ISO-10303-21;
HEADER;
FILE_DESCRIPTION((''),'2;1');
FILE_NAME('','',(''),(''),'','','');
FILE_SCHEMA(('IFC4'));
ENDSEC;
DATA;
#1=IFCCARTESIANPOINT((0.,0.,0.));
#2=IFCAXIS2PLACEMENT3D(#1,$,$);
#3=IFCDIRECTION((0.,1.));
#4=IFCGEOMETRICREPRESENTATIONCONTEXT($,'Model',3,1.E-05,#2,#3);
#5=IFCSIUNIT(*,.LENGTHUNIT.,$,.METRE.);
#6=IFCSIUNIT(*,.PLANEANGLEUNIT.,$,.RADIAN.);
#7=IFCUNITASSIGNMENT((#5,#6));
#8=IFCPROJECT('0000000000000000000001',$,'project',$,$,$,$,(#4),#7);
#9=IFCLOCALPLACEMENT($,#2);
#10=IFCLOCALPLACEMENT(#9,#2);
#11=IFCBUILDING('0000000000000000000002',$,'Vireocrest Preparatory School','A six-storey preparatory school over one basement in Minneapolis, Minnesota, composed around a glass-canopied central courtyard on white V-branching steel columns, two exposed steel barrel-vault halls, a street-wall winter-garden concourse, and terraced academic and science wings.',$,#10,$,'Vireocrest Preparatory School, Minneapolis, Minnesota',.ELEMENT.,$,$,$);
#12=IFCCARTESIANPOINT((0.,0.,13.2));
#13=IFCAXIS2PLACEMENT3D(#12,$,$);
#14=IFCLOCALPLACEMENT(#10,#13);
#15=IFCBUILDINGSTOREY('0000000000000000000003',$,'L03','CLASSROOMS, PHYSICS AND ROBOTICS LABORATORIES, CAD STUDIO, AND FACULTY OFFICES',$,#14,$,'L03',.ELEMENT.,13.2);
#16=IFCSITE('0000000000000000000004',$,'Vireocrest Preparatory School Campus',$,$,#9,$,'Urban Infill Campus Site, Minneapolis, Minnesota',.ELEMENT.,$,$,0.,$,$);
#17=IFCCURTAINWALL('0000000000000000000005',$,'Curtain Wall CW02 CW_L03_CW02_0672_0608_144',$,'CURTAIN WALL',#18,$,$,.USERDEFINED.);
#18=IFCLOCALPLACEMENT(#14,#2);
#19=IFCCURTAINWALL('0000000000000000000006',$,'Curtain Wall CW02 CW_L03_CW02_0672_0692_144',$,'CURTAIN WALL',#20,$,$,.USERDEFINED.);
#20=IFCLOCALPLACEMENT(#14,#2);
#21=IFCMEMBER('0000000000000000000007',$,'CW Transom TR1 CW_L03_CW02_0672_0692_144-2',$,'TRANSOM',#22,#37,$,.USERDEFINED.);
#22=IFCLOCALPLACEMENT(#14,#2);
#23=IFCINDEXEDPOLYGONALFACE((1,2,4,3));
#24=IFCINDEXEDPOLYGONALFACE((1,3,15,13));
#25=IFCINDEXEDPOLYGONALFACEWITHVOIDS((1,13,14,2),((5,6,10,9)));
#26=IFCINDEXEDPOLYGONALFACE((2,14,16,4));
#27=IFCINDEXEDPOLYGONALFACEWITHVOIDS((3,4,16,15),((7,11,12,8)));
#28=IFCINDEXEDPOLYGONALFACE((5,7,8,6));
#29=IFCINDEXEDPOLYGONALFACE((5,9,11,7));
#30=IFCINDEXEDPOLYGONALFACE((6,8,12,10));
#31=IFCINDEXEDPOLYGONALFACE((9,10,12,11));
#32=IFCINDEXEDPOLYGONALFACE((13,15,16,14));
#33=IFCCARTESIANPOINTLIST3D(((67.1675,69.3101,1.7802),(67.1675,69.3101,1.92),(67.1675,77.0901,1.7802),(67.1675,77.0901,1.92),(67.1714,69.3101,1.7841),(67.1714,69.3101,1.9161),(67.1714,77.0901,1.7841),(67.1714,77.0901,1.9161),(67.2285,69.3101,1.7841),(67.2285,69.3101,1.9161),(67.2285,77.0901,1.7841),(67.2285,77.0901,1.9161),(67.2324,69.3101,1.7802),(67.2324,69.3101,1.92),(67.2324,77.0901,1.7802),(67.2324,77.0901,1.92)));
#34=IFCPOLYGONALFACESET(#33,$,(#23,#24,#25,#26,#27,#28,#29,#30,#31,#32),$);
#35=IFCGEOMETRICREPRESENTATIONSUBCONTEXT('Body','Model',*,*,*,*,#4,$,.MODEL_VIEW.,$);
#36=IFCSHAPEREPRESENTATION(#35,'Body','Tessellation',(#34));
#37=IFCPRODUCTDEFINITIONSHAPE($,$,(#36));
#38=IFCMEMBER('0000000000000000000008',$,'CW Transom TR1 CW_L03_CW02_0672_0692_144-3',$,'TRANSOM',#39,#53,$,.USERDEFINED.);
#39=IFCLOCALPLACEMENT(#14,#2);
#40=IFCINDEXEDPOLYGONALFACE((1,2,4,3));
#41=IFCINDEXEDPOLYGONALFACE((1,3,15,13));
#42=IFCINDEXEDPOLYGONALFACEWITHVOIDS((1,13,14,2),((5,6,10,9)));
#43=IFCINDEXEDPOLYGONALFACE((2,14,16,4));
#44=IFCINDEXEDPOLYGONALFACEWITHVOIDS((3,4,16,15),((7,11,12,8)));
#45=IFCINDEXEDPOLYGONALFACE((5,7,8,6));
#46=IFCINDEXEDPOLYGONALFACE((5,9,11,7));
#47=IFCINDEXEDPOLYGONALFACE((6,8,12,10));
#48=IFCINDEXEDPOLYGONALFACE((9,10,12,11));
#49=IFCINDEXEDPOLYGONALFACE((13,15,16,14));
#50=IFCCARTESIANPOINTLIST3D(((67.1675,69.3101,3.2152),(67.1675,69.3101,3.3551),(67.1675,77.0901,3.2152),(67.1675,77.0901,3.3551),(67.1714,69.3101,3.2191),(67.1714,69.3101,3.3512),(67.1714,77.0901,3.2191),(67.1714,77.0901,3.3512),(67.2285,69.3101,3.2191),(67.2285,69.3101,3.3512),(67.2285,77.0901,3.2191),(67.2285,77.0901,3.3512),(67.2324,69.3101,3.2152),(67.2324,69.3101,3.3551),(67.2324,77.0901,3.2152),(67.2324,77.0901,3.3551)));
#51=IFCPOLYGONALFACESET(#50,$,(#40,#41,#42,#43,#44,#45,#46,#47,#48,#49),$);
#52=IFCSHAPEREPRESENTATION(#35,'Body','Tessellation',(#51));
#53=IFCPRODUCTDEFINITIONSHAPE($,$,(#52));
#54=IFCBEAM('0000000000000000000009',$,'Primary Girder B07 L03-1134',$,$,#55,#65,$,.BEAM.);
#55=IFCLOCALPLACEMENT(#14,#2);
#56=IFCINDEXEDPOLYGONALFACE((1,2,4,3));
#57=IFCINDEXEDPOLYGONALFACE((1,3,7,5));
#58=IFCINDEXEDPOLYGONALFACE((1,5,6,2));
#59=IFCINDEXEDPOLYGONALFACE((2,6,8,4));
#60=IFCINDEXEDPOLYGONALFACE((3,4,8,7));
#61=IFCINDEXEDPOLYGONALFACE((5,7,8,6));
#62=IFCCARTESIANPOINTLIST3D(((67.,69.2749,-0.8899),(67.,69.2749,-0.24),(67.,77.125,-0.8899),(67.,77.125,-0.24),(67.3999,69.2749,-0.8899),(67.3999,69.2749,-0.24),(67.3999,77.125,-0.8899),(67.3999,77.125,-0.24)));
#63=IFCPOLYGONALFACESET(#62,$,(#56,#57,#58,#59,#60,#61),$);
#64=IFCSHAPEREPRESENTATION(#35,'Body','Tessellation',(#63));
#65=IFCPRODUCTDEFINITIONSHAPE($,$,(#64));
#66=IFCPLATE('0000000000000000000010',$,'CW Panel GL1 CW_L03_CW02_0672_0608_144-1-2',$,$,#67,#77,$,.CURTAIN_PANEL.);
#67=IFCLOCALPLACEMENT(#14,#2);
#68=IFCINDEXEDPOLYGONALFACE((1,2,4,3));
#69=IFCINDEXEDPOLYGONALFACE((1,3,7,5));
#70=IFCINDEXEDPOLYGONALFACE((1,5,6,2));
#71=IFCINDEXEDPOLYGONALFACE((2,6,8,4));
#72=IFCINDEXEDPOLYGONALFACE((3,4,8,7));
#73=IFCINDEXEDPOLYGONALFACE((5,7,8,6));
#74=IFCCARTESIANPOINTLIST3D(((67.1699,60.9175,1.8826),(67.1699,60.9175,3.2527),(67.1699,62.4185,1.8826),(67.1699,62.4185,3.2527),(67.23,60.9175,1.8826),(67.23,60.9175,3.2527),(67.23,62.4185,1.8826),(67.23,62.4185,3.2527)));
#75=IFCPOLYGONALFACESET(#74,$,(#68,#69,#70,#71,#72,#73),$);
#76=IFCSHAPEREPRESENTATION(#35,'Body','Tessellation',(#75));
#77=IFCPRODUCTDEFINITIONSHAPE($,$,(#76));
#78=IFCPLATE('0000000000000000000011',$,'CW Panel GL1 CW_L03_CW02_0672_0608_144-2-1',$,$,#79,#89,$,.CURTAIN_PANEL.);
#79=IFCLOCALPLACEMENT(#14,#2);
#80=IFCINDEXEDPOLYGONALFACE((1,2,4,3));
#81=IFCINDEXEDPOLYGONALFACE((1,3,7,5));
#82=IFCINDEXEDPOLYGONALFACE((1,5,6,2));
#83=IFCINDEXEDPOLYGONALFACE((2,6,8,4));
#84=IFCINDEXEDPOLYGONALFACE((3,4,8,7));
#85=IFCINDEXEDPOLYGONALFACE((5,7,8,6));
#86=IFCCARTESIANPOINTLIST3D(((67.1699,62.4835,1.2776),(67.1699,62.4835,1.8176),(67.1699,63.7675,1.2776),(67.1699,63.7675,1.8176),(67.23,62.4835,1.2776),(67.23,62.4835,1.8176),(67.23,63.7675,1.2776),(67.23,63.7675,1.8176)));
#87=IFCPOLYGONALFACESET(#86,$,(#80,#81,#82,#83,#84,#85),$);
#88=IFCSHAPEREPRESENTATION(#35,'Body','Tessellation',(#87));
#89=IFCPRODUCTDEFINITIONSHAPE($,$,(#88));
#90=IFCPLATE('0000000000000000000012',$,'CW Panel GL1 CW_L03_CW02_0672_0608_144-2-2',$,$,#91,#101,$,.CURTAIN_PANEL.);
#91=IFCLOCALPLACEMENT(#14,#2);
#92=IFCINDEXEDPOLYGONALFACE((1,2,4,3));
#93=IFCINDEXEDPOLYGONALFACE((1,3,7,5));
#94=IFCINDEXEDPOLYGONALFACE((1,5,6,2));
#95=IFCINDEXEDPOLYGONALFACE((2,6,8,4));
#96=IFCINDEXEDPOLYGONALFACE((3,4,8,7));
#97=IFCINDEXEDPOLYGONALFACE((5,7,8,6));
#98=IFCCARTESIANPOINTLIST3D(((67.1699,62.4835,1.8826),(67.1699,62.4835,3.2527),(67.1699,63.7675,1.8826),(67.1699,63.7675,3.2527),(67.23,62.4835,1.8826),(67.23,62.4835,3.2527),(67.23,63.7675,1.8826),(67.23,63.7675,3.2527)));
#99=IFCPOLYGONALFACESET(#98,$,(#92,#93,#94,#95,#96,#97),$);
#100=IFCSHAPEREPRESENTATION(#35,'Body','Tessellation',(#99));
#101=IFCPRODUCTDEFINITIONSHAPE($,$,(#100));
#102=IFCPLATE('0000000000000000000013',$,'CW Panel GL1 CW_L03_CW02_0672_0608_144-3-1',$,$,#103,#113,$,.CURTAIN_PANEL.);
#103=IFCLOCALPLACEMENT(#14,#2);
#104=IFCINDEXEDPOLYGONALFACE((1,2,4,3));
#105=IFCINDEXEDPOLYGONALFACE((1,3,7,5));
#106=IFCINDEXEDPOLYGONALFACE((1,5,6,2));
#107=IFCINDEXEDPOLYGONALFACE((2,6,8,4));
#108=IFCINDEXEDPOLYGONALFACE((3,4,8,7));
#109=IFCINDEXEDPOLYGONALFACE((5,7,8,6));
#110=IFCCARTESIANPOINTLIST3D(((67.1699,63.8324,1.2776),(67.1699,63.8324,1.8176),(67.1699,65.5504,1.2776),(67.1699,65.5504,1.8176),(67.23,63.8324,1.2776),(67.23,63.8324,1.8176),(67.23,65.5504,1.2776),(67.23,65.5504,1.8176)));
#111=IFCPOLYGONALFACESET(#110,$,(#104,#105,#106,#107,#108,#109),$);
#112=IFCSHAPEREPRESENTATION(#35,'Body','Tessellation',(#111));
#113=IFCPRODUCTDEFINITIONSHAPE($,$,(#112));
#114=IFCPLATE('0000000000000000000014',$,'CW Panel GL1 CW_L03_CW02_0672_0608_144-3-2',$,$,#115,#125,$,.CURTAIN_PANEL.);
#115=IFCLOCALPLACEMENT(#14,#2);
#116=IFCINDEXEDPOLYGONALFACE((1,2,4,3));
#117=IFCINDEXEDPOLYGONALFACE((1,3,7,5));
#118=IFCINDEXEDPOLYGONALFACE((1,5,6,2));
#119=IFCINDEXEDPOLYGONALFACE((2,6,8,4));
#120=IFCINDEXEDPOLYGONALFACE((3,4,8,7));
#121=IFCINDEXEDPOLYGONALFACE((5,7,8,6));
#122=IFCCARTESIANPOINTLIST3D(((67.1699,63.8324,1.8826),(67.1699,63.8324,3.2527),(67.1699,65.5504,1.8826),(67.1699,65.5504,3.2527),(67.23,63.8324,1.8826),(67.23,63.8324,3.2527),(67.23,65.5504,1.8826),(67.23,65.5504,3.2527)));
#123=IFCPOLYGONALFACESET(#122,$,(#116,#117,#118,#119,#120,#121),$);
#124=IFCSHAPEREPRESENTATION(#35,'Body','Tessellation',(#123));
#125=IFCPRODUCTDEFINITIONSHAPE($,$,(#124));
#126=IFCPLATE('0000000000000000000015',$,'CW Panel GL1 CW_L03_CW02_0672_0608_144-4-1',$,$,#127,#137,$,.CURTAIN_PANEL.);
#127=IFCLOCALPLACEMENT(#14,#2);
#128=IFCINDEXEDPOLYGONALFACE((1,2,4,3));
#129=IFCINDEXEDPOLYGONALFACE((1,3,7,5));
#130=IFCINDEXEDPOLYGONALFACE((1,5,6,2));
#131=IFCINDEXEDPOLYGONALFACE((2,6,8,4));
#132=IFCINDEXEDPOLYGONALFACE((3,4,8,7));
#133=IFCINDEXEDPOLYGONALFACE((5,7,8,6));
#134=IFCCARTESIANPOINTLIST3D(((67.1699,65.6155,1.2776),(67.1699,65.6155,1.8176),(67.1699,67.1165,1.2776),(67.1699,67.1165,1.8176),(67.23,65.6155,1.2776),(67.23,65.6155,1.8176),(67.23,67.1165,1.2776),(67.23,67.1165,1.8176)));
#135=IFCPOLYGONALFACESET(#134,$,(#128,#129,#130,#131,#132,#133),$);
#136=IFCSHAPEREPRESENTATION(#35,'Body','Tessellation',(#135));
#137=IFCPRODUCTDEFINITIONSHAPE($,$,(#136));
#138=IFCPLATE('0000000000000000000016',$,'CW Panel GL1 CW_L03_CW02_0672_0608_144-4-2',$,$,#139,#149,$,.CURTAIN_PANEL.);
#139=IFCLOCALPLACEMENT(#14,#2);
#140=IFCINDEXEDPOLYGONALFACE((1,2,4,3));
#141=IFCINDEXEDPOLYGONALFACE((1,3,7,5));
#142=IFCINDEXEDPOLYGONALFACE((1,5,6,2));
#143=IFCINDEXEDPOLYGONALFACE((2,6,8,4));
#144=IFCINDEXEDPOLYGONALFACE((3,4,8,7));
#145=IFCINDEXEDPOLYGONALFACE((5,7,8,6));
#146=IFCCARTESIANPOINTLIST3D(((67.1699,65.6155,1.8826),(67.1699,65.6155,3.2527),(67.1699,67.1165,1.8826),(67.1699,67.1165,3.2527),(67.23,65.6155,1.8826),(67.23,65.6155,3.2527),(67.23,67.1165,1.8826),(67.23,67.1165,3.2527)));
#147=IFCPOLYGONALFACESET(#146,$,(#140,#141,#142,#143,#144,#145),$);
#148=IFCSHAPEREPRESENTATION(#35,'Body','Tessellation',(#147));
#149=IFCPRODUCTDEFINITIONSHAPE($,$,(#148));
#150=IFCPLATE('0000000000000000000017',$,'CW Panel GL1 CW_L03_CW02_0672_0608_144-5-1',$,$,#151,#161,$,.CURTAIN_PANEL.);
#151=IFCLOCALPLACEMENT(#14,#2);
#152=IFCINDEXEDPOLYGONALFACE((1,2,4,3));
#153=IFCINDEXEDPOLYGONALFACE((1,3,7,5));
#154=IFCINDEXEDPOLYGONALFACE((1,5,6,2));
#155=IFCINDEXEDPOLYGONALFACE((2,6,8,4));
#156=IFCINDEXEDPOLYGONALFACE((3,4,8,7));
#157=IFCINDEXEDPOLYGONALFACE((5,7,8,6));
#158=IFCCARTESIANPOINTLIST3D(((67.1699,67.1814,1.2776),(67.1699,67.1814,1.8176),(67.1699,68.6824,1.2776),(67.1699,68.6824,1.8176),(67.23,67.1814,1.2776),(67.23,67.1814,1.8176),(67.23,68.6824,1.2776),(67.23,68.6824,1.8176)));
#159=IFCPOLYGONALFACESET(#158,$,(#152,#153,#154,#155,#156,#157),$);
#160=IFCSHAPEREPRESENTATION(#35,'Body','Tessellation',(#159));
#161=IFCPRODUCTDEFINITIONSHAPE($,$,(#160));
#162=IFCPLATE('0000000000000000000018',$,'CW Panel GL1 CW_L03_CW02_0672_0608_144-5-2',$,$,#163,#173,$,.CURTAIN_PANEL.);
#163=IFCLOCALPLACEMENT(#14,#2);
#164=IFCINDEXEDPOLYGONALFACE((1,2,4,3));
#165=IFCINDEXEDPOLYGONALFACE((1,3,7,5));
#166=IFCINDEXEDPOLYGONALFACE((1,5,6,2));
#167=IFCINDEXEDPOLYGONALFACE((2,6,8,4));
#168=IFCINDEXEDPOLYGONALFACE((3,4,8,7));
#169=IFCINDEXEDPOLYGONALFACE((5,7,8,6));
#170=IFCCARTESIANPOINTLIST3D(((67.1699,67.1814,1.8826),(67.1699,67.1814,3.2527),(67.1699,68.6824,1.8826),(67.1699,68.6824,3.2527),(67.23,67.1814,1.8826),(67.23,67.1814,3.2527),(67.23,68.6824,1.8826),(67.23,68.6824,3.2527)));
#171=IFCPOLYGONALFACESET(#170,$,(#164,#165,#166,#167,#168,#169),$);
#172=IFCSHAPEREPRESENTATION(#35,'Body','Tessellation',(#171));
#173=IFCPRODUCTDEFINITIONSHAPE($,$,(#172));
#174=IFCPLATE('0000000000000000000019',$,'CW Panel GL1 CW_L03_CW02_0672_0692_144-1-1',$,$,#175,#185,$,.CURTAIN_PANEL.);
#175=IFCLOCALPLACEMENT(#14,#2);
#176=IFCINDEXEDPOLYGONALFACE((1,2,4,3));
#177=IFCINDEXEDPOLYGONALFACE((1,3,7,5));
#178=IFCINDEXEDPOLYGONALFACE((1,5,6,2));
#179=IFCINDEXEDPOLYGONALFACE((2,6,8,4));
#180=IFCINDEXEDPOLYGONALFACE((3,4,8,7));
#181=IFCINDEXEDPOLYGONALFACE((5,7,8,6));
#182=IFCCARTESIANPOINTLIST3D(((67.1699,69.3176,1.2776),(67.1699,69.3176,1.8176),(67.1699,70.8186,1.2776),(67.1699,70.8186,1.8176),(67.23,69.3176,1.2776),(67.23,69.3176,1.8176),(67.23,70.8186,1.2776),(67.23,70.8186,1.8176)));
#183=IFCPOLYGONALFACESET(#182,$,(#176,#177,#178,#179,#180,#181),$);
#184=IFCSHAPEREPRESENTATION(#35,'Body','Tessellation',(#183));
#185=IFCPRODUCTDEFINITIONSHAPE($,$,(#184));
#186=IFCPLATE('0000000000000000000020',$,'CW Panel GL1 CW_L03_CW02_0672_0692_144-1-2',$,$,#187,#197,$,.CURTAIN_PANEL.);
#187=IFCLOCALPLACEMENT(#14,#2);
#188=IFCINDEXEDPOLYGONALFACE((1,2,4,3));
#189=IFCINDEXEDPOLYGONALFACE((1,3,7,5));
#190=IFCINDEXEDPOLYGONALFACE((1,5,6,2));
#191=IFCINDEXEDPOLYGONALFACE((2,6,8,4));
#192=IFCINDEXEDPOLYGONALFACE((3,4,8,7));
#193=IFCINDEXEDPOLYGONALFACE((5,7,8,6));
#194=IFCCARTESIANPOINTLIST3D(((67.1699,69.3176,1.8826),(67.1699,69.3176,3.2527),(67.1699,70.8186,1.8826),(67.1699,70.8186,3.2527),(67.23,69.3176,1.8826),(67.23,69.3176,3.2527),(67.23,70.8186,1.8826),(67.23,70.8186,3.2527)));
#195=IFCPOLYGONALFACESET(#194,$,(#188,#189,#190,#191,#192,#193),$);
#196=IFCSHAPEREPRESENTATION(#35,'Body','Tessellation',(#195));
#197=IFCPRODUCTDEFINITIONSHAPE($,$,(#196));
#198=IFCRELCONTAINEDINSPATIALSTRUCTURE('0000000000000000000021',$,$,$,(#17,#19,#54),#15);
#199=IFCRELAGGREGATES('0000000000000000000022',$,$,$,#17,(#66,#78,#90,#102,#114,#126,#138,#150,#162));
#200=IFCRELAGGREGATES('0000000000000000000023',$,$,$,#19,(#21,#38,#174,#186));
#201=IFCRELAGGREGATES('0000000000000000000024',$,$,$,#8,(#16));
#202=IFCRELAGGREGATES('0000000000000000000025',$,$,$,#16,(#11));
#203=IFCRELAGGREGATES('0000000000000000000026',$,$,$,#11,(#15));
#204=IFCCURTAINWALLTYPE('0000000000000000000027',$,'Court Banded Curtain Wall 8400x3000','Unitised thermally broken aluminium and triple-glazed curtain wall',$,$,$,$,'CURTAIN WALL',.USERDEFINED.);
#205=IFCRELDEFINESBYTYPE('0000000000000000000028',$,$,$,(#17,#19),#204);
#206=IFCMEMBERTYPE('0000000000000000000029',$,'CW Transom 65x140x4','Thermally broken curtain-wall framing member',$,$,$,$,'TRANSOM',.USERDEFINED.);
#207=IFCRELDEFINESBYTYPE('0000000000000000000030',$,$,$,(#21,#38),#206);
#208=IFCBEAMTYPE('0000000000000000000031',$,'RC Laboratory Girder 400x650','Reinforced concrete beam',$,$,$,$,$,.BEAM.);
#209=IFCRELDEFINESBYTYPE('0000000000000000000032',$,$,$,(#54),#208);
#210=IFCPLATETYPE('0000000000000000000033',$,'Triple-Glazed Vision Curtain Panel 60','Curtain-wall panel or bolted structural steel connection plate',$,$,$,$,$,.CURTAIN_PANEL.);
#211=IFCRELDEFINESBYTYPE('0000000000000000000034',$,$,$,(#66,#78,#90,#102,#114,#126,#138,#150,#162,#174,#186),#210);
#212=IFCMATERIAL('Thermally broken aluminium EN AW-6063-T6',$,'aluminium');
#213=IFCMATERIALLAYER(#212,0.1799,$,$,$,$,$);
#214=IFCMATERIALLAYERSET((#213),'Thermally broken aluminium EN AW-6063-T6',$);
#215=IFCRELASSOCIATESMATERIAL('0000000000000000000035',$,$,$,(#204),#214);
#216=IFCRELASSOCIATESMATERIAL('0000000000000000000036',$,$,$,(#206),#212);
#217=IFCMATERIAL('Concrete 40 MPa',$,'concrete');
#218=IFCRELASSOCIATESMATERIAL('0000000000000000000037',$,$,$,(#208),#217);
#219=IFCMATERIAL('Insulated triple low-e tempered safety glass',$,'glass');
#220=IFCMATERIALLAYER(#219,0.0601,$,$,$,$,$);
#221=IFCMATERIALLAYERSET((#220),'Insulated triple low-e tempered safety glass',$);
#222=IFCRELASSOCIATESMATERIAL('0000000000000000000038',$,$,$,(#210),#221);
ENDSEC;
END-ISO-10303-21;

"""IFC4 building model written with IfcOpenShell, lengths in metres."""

from ifc_helpers import new_model, si_unit, direction, frame, origin, origin_2d, place, context, subcontext, project, spatial, rectangle, hollow_rectangle, extrude, material, layer, layer_set, material_profile, profile_set, type_object, element, aggregate, save


model = new_model("IFC4")

# Units and contexts
model_context = context("Model", 3, precision=1e-05, world=origin(), true_north=direction((0.0, 1.0)))
body_context = subcontext(model_context, "Body", "Model", "MODEL_VIEW")
ifc_project = project(units=[si_unit("LENGTHUNIT", "METRE"), si_unit("PLANEANGLEUNIT", "RADIAN")], contexts=[model_context])

# Site, building, storey
site_placement = place(None, origin())
site = spatial("IfcSite", under=ifc_project, at=site_placement, Name="Vireocrest Preparatory School Campus", LongName="Urban Infill Campus Site, Minneapolis, Minnesota", CompositionType="ELEMENT", RefElevation=0.0)
building_placement = place(site_placement, origin())
building = spatial("IfcBuilding", under=site, at=building_placement, Name="Vireocrest Preparatory School", Description="A six-storey preparatory school over one basement in Minneapolis, Minnesota, composed around a glass-canopied central courtyard on white V-branching steel columns, two exposed steel barrel-vault halls, a street-wall winter-garden concourse, and terraced academic and science wings.", LongName="Vireocrest Preparatory School, Minneapolis, Minnesota", CompositionType="ELEMENT")
storey_placement = place(building_placement, frame((0.0, 0.0, 13.2)))
storey = spatial("IfcBuildingStorey", under=building, at=storey_placement, Name="L03", Description="CLASSROOMS, PHYSICS AND ROBOTICS LABORATORIES, CAD STUDIO, AND FACULTY OFFICES", LongName="L03", CompositionType="ELEMENT", Elevation=13.2)

# Curtain walls, members
ifc_material_1 = material(Name="Thermally broken aluminium EN AW-6063-T6", Category="aluminium")
ifc_layer_1 = layer(ifc_material_1, 0.1799)
ifc_layer_set_1 = layer_set([ifc_layer_1], Name="Thermally broken aluminium EN AW-6063-T6")
curtain_wall_type = type_object("IfcCurtainWallType", Name="Court Banded Curtain Wall 8400x3000", Description="Unitised thermally broken aluminium and triple-glazed curtain wall", ElementType="CURTAIN WALL", PredefinedType="USERDEFINED", material=ifc_layer_set_1)
curtain_wall_1_placement = place(storey_placement, origin())
curtain_wall_1 = element("IfcCurtainWall", 1, at=curtain_wall_1_placement, inside=storey, type_object=curtain_wall_type, Name="Curtain Wall CW02 CW_L03_CW02_0672_0608_144", ObjectType="CURTAIN WALL", PredefinedType="USERDEFINED")
curtain_wall_2_placement = place(storey_placement, origin())
curtain_wall_2 = element("IfcCurtainWall", 2, at=curtain_wall_2_placement, inside=storey, type_object=curtain_wall_type, Name="Curtain Wall CW02 CW_L03_CW02_0672_0692_144", ObjectType="CURTAIN WALL", PredefinedType="USERDEFINED")
ifc_material_profile_1 = material_profile(ifc_material_1, hollow_rectangle(XDim=0.0649, YDim=0.1399, WallThickness=0.0039, at=origin_2d()), Name="ALU 65x140x4")
ifc_profile_set_1 = profile_set([ifc_material_profile_1], Name="Thermally broken aluminium EN AW-6063-T6")
member_type_1 = type_object("IfcMemberType", Name="CW Transom 65x140x4", Description="Thermally broken curtain-wall framing member", ElementType="TRANSOM", PredefinedType="USERDEFINED", material=ifc_profile_set_1)
member_1_placement = place(storey_placement, frame((67.2, 69.3101, 1.8501), z_axis=(0.0, 1.0, 0.0), x_axis=(-1.0, 0.0, 0.0)))
member_1 = element("IfcMember", 3, at=member_1_placement, type_object=member_type_1, Name="CW Transom TR1 CW_L03_CW02_0672_0692_144-2", ObjectType="TRANSOM", PredefinedType="USERDEFINED", context=body_context, shape_type="SweptSolid", body=[
    extrude(hollow_rectangle(XDim=0.0649, YDim=0.1399, WallThickness=0.0039, at=origin_2d()), origin(), (0.0, 0.0, 1.0), 7.78),
])
member_2_placement = place(storey_placement, frame((67.2, 69.3101, 3.2852), z_axis=(0.0, 1.0, 0.0), x_axis=(-1.0, 0.0, 0.0)))
member_2 = element("IfcMember", 4, at=member_2_placement, type_object=member_type_1, Name="CW Transom TR1 CW_L03_CW02_0672_0692_144-3", ObjectType="TRANSOM", PredefinedType="USERDEFINED", context=body_context, shape_type="SweptSolid", body=[
    extrude(hollow_rectangle(XDim=0.0649, YDim=0.1399, WallThickness=0.0039, at=origin_2d()), origin(), (0.0, 0.0, 1.0), 7.78),
])

# Beam
ifc_material_2 = material(Name="Concrete 40 MPa", Category="concrete")
ifc_material_profile_2 = material_profile(ifc_material_2, rectangle(XDim=0.3999, YDim=0.6499, at=origin_2d()), Name="RC 400x650")
ifc_profile_set_2 = profile_set([ifc_material_profile_2], Name="Concrete 40 MPa")
beam_type = type_object("IfcBeamType", Name="RC Laboratory Girder 400x650", Description="Reinforced concrete beam", PredefinedType="BEAM", material=ifc_profile_set_2)
beam_placement = place(storey_placement, frame((67.2, 69.2749, -0.5649), z_axis=(0.0, 1.0, 0.0), x_axis=(-1.0, 0.0, 0.0)))
element("IfcBeam", 5, at=beam_placement, inside=storey, type_object=beam_type, Name="Primary Girder B07 L03-1134", PredefinedType="BEAM", context=body_context, shape_type="SweptSolid", body=[
    extrude(rectangle(XDim=0.3999, YDim=0.6499, at=origin_2d()), origin(), (0.0, 0.0, 1.0), 7.8501),
])

# Plates
ifc_material_3 = material(Name="Insulated triple low-e tempered safety glass", Category="glass")
ifc_layer_2 = layer(ifc_material_3, 0.0601)
ifc_layer_set_2 = layer_set([ifc_layer_2], Name="Insulated triple low-e tempered safety glass")
plate_type = type_object("IfcPlateType", Name="Triple-Glazed Vision Curtain Panel 60", Description="Curtain-wall panel or bolted structural steel connection plate", PredefinedType="CURTAIN_PANEL", material=ifc_layer_set_2)
plate_1_placement = place(storey_placement, frame((67.2, 61.668, 1.8826), z_axis=(0.0, 0.0, 1.0), x_axis=(0.0, 1.0, 0.0)))
plate_1 = element("IfcPlate", 6, at=plate_1_placement, type_object=plate_type, Name="CW Panel GL1 CW_L03_CW02_0672_0608_144-1-2", PredefinedType="CURTAIN_PANEL", context=body_context, shape_type="SweptSolid", body=[
    extrude(rectangle(XDim=1.501, YDim=0.0601, at=origin_2d()), origin(), (0.0, 0.0, 1.0), 1.3701),
])
plate_2_placement = place(storey_placement, frame((67.2, 63.1255, 1.2776), z_axis=(0.0, 0.0, 1.0), x_axis=(0.0, 1.0, 0.0)))
plate_2 = element("IfcPlate", 7, at=plate_2_placement, type_object=plate_type, Name="CW Panel GL1 CW_L03_CW02_0672_0608_144-2-1", PredefinedType="CURTAIN_PANEL", context=body_context, shape_type="SweptSolid", body=[
    extrude(rectangle(XDim=1.2839, YDim=0.0601, at=origin_2d()), origin(), (0.0, 0.0, 1.0), 0.54),
])
plate_3_placement = place(storey_placement, frame((67.2, 63.1255, 1.8826), z_axis=(0.0, 0.0, 1.0), x_axis=(0.0, 1.0, 0.0)))
plate_3 = element("IfcPlate", 8, at=plate_3_placement, type_object=plate_type, Name="CW Panel GL1 CW_L03_CW02_0672_0608_144-2-2", PredefinedType="CURTAIN_PANEL", context=body_context, shape_type="SweptSolid", body=[
    extrude(rectangle(XDim=1.2839, YDim=0.0601, at=origin_2d()), origin(), (0.0, 0.0, 1.0), 1.3701),
])
plate_4_placement = place(storey_placement, frame((67.2, 64.6914, 1.2776), z_axis=(0.0, 0.0, 1.0), x_axis=(0.0, 1.0, 0.0)))
plate_4 = element("IfcPlate", 9, at=plate_4_placement, type_object=plate_type, Name="CW Panel GL1 CW_L03_CW02_0672_0608_144-3-1", PredefinedType="CURTAIN_PANEL", context=body_context, shape_type="SweptSolid", body=[
    extrude(rectangle(XDim=1.718, YDim=0.0601, at=origin_2d()), origin(), (0.0, 0.0, 1.0), 0.54),
])
plate_5_placement = place(storey_placement, frame((67.2, 64.6914, 1.8826), z_axis=(0.0, 0.0, 1.0), x_axis=(0.0, 1.0, 0.0)))
plate_5 = element("IfcPlate", 10, at=plate_5_placement, type_object=plate_type, Name="CW Panel GL1 CW_L03_CW02_0672_0608_144-3-2", PredefinedType="CURTAIN_PANEL", context=body_context, shape_type="SweptSolid", body=[
    extrude(rectangle(XDim=1.718, YDim=0.0601, at=origin_2d()), origin(), (0.0, 0.0, 1.0), 1.3701),
])
plate_6_placement = place(storey_placement, frame((67.2, 66.366, 1.2776), z_axis=(0.0, 0.0, 1.0), x_axis=(0.0, 1.0, 0.0)))
plate_6 = element("IfcPlate", 11, at=plate_6_placement, type_object=plate_type, Name="CW Panel GL1 CW_L03_CW02_0672_0608_144-4-1", PredefinedType="CURTAIN_PANEL", context=body_context, shape_type="SweptSolid", body=[
    extrude(rectangle(XDim=1.501, YDim=0.0601, at=origin_2d()), origin(), (0.0, 0.0, 1.0), 0.54),
])
plate_7_placement = place(storey_placement, frame((67.2, 66.366, 1.8826), z_axis=(0.0, 0.0, 1.0), x_axis=(0.0, 1.0, 0.0)))
plate_7 = element("IfcPlate", 12, at=plate_7_placement, type_object=plate_type, Name="CW Panel GL1 CW_L03_CW02_0672_0608_144-4-2", PredefinedType="CURTAIN_PANEL", context=body_context, shape_type="SweptSolid", body=[
    extrude(rectangle(XDim=1.501, YDim=0.0601, at=origin_2d()), origin(), (0.0, 0.0, 1.0), 1.3701),
])
plate_8_placement = place(storey_placement, frame((67.2, 67.9319, 1.2776), z_axis=(0.0, 0.0, 1.0), x_axis=(0.0, 1.0, 0.0)))
plate_8 = element("IfcPlate", 13, at=plate_8_placement, type_object=plate_type, Name="CW Panel GL1 CW_L03_CW02_0672_0608_144-5-1", PredefinedType="CURTAIN_PANEL", context=body_context, shape_type="SweptSolid", body=[
    extrude(rectangle(XDim=1.501, YDim=0.0601, at=origin_2d()), origin(), (0.0, 0.0, 1.0), 0.54),
])
plate_9_placement = place(storey_placement, frame((67.2, 67.9319, 1.8826), z_axis=(0.0, 0.0, 1.0), x_axis=(0.0, 1.0, 0.0)))
plate_9 = element("IfcPlate", 14, at=plate_9_placement, type_object=plate_type, Name="CW Panel GL1 CW_L03_CW02_0672_0608_144-5-2", PredefinedType="CURTAIN_PANEL", context=body_context, shape_type="SweptSolid", body=[
    extrude(rectangle(XDim=1.501, YDim=0.0601, at=origin_2d()), origin(), (0.0, 0.0, 1.0), 1.3701),
])
aggregate(curtain_wall_1, [plate_1, plate_2, plate_3, plate_4, plate_5, plate_6, plate_7, plate_8, plate_9])
plate_10_placement = place(storey_placement, frame((67.2, 70.0681, 1.2776), z_axis=(0.0, 0.0, 1.0), x_axis=(0.0, 1.0, 0.0)))
plate_10 = element("IfcPlate", 15, at=plate_10_placement, type_object=plate_type, Name="CW Panel GL1 CW_L03_CW02_0672_0692_144-1-1", PredefinedType="CURTAIN_PANEL", context=body_context, shape_type="SweptSolid", body=[
    extrude(rectangle(XDim=1.501, YDim=0.0601, at=origin_2d()), origin(), (0.0, 0.0, 1.0), 0.54),
])
plate_11_placement = place(storey_placement, frame((67.2, 70.0681, 1.8826), z_axis=(0.0, 0.0, 1.0), x_axis=(0.0, 1.0, 0.0)))
plate_11 = element("IfcPlate", 16, at=plate_11_placement, type_object=plate_type, Name="CW Panel GL1 CW_L03_CW02_0672_0692_144-1-2", PredefinedType="CURTAIN_PANEL", context=body_context, shape_type="SweptSolid", body=[
    extrude(rectangle(XDim=1.501, YDim=0.0601, at=origin_2d()), origin(), (0.0, 0.0, 1.0), 1.3701),
])
aggregate(curtain_wall_2, [member_1, member_2, plate_10, plate_11])

save(model, "model.ifc")
